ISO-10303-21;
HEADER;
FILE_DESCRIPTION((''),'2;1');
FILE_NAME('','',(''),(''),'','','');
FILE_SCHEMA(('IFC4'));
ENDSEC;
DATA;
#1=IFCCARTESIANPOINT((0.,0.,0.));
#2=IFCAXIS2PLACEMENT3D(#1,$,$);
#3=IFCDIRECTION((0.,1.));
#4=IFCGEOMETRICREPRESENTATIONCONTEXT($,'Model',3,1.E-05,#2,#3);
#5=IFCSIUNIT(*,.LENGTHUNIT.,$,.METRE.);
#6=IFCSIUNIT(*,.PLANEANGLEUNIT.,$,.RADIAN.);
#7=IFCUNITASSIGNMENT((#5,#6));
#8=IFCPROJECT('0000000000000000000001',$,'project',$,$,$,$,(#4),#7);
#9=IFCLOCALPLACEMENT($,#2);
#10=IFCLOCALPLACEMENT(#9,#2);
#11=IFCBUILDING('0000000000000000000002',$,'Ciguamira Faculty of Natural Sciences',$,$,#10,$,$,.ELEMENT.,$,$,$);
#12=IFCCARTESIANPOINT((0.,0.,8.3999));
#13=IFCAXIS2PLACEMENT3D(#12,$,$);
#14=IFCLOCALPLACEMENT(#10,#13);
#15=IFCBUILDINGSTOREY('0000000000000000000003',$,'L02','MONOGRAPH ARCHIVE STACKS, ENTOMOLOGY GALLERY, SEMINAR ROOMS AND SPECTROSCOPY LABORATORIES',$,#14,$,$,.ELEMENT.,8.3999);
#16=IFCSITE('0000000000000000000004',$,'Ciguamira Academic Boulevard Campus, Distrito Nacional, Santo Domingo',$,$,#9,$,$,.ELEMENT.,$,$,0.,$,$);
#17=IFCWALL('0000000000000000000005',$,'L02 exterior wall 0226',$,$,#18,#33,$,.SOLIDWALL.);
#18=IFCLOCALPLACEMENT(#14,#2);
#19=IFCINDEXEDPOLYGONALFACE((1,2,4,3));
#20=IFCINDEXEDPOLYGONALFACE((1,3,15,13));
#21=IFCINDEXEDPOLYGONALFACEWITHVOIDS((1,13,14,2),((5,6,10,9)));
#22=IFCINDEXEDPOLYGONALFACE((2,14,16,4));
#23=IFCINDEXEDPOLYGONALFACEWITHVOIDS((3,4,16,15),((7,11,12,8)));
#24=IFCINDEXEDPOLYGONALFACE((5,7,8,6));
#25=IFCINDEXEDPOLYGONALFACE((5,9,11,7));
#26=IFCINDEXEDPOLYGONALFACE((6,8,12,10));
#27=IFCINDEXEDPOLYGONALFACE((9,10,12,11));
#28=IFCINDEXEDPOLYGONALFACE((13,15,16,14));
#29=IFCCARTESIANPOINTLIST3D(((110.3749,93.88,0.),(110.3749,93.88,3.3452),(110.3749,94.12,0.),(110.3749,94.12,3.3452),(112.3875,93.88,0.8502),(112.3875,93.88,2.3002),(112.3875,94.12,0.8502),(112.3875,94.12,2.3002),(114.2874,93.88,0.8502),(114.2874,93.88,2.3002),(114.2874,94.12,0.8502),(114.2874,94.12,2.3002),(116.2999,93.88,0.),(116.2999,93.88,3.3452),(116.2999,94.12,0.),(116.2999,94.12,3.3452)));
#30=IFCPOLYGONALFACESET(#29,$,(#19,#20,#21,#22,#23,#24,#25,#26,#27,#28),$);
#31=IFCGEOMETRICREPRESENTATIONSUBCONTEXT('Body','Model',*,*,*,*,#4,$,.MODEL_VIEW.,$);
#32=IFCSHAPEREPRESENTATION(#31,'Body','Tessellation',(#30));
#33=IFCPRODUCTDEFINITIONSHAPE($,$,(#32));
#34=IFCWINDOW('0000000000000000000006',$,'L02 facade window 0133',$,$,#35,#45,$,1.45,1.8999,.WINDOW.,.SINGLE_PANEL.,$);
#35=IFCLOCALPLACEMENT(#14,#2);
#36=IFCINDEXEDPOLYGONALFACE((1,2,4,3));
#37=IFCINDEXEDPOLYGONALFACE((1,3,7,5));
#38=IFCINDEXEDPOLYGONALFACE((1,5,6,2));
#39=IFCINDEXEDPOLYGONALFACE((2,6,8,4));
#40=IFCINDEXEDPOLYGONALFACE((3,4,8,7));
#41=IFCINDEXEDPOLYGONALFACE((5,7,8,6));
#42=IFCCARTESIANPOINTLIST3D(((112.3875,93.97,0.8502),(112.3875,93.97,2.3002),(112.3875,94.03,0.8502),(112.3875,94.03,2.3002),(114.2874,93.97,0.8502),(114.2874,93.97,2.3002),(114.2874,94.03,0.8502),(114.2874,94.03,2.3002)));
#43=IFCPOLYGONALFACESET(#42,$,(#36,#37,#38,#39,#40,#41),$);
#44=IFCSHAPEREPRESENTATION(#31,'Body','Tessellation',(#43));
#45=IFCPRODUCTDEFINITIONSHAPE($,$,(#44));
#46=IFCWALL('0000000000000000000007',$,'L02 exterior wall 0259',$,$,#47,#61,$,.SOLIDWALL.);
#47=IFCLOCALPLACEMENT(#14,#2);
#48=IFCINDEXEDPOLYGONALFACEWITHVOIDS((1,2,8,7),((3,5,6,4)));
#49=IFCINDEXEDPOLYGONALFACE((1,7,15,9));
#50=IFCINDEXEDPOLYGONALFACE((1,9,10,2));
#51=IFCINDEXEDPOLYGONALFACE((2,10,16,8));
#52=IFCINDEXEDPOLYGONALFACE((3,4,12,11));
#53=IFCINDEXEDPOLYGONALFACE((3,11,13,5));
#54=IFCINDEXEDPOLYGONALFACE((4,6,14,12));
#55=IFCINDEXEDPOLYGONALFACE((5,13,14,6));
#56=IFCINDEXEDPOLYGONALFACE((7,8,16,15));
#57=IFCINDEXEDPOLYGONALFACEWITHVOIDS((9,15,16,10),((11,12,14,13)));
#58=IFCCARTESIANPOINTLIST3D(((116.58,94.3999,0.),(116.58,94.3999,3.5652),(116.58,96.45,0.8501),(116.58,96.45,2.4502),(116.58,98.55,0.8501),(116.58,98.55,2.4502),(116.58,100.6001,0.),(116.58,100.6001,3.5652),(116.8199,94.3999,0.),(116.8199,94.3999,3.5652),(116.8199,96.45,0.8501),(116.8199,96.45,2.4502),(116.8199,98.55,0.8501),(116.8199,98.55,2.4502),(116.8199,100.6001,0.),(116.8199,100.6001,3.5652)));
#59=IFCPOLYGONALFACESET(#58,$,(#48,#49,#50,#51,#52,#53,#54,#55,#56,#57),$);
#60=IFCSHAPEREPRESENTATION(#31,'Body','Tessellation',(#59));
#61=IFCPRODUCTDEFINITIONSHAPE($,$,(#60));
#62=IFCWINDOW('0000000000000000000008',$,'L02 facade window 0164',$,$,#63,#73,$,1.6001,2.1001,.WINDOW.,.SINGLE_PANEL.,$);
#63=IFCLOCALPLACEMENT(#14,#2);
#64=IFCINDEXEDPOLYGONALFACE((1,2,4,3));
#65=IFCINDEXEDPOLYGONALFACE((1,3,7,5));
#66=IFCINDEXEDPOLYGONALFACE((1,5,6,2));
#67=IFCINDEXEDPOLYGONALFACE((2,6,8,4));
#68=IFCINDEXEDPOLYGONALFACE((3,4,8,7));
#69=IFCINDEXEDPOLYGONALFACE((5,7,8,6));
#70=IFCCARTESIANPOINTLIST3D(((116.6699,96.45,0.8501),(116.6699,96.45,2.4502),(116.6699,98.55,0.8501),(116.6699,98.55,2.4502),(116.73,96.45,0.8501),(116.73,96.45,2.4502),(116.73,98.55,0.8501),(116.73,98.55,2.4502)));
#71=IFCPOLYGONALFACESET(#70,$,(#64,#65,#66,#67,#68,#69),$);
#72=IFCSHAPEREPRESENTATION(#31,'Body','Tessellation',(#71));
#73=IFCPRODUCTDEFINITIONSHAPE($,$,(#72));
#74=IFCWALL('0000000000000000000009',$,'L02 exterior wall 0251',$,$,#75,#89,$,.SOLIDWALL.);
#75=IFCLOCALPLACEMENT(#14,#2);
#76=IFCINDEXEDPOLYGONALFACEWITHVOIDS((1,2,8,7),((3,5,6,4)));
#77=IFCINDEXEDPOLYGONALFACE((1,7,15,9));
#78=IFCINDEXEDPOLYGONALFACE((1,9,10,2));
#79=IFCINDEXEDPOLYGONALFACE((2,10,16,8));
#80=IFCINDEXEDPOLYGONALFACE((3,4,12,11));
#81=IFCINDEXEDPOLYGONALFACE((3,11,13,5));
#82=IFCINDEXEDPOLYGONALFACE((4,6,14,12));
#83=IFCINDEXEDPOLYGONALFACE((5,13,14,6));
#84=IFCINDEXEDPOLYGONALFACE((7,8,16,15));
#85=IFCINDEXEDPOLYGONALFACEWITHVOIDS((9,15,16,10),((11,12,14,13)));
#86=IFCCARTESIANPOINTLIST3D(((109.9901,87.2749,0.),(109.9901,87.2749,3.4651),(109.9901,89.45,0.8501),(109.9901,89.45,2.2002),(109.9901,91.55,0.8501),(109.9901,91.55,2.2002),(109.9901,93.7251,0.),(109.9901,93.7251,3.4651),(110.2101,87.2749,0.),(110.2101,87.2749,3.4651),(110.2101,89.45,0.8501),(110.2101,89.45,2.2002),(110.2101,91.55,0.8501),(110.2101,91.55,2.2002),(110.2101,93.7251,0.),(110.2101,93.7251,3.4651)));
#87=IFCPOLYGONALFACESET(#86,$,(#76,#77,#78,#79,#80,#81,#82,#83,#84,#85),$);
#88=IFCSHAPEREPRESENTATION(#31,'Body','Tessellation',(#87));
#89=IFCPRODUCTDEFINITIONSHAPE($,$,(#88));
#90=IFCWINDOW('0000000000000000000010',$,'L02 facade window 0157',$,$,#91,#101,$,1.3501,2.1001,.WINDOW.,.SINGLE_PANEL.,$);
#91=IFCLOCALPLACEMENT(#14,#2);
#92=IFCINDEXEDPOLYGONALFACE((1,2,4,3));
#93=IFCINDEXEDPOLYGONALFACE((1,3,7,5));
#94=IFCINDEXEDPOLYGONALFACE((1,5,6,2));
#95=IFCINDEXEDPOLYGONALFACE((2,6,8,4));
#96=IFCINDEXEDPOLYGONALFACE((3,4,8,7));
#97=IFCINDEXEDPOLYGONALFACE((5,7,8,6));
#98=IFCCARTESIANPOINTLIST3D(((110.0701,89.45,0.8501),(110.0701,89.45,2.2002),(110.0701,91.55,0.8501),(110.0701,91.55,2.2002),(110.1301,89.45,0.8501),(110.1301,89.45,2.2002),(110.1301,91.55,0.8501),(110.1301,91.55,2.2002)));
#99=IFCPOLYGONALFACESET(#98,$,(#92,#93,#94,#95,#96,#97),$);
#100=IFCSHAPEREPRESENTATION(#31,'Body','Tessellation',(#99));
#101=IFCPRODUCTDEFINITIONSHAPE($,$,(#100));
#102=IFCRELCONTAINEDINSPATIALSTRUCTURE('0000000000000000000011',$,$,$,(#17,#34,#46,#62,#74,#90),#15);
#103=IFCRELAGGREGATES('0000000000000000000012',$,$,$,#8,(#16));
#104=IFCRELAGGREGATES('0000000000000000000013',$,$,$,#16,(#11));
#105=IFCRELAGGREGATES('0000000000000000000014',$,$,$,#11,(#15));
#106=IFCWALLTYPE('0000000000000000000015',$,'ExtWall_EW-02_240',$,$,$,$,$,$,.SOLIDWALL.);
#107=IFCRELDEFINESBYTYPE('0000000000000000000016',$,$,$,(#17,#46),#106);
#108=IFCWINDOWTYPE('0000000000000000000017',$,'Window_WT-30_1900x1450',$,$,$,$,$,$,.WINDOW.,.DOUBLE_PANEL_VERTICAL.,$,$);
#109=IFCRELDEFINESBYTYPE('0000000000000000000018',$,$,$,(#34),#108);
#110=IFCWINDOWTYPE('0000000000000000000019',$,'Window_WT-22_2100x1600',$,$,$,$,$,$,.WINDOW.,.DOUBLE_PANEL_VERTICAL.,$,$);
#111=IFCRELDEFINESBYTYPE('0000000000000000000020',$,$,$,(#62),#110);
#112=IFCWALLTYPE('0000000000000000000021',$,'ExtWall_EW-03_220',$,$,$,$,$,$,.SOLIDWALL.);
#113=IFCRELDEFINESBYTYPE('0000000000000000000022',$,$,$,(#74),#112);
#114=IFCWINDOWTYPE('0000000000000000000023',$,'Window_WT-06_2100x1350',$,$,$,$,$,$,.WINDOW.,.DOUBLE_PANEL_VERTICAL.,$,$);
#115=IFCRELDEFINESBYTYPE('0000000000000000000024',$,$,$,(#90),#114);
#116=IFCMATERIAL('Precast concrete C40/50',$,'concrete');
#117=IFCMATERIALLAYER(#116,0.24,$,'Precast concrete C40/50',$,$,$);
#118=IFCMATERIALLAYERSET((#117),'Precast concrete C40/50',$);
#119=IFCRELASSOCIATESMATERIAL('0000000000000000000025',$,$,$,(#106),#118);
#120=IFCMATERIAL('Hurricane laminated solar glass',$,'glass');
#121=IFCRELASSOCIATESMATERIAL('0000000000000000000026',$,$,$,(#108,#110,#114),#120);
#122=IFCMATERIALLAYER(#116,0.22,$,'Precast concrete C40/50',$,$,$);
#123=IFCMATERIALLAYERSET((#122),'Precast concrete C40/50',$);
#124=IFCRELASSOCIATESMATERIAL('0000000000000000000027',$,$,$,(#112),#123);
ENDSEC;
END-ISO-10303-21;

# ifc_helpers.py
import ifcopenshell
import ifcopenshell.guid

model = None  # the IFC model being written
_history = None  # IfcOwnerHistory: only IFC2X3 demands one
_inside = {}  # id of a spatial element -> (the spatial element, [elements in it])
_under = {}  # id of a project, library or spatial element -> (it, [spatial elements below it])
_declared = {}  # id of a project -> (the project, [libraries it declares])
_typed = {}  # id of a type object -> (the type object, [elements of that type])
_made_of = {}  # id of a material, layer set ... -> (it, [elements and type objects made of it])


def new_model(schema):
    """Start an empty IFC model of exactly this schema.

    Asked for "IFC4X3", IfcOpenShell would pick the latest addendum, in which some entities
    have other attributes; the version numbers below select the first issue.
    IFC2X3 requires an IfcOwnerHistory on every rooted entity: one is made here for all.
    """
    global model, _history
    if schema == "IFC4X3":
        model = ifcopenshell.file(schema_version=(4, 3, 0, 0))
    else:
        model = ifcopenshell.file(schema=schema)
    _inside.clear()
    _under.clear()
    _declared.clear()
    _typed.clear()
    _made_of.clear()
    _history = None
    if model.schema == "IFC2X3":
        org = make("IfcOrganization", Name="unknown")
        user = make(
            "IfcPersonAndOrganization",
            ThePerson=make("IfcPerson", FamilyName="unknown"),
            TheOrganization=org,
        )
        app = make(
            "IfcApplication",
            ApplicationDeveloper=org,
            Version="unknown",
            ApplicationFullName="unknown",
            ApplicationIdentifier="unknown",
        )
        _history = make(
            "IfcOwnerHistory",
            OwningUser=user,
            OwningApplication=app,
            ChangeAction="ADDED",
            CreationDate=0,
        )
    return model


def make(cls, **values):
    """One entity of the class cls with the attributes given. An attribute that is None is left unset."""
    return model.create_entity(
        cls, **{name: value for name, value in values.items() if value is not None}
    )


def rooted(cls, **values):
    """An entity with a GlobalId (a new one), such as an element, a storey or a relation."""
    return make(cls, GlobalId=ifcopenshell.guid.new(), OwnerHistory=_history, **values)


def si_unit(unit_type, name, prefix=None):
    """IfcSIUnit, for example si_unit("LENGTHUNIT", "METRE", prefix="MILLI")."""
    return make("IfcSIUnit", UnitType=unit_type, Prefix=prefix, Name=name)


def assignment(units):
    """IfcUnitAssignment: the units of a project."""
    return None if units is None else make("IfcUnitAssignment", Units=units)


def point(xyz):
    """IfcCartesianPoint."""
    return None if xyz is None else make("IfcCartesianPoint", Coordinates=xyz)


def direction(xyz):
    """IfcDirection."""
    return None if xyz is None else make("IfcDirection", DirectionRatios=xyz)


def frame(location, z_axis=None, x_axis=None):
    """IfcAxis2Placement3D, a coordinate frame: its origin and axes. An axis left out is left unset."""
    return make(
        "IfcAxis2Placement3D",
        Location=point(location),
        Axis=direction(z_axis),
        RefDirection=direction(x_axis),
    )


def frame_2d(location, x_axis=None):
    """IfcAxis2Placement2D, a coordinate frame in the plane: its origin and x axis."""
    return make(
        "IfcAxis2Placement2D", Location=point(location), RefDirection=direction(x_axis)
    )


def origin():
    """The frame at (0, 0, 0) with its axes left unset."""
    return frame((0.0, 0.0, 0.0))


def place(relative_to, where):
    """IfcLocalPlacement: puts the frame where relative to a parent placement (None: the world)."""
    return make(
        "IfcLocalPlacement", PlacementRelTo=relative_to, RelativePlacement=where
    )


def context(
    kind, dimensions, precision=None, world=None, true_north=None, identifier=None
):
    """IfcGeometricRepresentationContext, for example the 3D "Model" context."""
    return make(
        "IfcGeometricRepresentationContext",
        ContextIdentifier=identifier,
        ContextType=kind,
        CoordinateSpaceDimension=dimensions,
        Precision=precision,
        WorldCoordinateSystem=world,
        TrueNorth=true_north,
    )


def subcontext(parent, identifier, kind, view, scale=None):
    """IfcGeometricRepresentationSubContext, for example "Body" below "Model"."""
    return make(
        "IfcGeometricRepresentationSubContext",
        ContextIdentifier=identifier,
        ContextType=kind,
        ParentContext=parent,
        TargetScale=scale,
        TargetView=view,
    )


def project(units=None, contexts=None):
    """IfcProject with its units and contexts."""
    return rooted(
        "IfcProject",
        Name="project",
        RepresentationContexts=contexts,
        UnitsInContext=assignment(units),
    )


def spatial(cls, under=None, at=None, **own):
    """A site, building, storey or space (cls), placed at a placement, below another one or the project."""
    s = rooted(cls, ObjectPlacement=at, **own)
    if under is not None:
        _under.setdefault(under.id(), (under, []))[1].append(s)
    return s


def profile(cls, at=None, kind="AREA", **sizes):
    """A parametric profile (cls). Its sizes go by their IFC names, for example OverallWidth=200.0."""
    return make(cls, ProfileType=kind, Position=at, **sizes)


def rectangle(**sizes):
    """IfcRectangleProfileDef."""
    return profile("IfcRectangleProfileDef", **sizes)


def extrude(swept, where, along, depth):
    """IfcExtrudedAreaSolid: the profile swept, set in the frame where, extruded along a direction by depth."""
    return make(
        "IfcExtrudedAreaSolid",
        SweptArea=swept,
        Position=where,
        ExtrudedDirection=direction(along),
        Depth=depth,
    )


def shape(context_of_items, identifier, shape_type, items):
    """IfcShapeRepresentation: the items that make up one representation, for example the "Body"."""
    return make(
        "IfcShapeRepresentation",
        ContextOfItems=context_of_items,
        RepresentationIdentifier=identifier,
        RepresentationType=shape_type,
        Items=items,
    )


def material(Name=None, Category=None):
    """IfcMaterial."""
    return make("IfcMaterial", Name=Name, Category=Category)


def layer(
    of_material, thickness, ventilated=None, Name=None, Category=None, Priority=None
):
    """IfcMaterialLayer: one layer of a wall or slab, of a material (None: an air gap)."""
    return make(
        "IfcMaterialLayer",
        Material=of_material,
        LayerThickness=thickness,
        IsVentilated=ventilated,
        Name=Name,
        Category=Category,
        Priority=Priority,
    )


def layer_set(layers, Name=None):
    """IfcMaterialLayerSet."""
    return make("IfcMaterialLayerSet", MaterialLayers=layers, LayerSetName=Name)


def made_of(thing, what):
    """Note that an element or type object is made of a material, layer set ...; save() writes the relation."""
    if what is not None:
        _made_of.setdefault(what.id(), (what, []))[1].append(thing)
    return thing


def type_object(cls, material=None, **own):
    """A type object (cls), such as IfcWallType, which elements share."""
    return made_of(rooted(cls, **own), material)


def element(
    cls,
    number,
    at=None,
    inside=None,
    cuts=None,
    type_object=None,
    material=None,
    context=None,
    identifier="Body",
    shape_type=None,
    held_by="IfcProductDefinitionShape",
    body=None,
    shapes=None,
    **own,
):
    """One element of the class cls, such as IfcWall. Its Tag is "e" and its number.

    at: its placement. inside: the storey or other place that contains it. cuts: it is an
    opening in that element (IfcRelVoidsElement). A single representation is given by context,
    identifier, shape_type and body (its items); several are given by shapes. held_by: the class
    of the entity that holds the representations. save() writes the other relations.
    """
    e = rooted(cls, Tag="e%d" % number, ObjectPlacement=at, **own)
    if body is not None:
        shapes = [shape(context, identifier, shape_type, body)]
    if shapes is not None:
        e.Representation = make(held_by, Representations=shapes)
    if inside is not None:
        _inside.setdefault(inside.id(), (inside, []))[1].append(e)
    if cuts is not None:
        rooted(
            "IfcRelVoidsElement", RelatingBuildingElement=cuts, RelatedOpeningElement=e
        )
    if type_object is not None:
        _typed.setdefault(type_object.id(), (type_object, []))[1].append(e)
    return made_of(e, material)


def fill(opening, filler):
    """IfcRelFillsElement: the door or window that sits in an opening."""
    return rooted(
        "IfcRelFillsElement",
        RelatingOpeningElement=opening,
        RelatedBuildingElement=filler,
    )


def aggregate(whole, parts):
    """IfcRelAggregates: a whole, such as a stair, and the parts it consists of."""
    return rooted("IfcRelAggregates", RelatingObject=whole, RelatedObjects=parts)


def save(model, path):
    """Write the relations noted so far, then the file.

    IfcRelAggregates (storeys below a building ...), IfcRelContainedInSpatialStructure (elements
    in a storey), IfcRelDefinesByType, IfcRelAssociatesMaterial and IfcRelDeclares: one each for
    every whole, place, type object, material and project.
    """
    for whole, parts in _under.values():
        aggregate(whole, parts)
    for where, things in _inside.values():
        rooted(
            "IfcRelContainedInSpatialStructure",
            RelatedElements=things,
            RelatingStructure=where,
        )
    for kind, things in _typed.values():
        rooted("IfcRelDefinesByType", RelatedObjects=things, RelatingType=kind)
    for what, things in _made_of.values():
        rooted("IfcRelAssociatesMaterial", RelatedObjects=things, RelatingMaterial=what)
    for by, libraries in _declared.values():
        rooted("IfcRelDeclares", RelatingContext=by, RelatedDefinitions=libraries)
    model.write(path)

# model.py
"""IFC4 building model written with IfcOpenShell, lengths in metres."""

from ifc_helpers import new_model, si_unit, direction, frame, frame_2d, origin, place, context, subcontext, project, spatial, rectangle, extrude, material, layer, layer_set, type_object, element, fill, save


model = new_model("IFC4")

# Units and contexts
model_context = context("Model", 3, precision=1e-05, world=origin(), true_north=direction((0.0, 1.0)))
body_context = subcontext(model_context, "Body", "Model", "MODEL_VIEW")
ifc_project = project(units=[si_unit("LENGTHUNIT", "METRE"), si_unit("PLANEANGLEUNIT", "RADIAN")], contexts=[model_context])

# Site, building, storey
site_placement = place(None, origin())
site = spatial("IfcSite", under=ifc_project, at=site_placement, Name="Ciguamira Academic Boulevard Campus, Distrito Nacional, Santo Domingo", CompositionType="ELEMENT", RefElevation=0.0)
building_placement = place(site_placement, origin())
building = spatial("IfcBuilding", under=site, at=building_placement, Name="Ciguamira Faculty of Natural Sciences", CompositionType="ELEMENT")
storey_placement = place(building_placement, frame((0.0, 0.0, 8.3999)))
storey = spatial("IfcBuildingStorey", under=building, at=storey_placement, Name="L02", Description="MONOGRAPH ARCHIVE STACKS, ENTOMOLOGY GALLERY, SEMINAR ROOMS AND SPECTROSCOPY LABORATORIES", CompositionType="ELEMENT", Elevation=8.3999)

# Shared definitions
ifc_material_1 = material(Name="Precast concrete C40/50", Category="concrete")

# Walls, openings, windows
ifc_layer_1 = layer(ifc_material_1, 0.24, Name="Precast concrete C40/50")
ifc_layer_set_1 = layer_set([ifc_layer_1], Name="Precast concrete C40/50")
wall_type_1 = type_object("IfcWallType", Name="ExtWall_EW-02_240", PredefinedType="SOLIDWALL", material=ifc_layer_set_1)
wall_1_placement = place(storey_placement, frame((110.375, 94.0, 0.0), z_axis=(0.0, 0.0, 1.0), x_axis=(1.0, 0.0, 0.0)))
wall_1 = element("IfcWall", 1, at=wall_1_placement, inside=storey, type_object=wall_type_1, Name="L02 exterior wall 0226", PredefinedType="SOLIDWALL", context=body_context, shape_type="SweptSolid", body=[
    extrude(rectangle(XDim=5.925, YDim=0.24, at=frame_2d((2.9624, 0.0))), origin(), (0.0, 0.0, 1.0), 3.3452),
])
opening_1_placement = place(wall_1_placement, frame((2.0125, 0.0, 0.8501)))
opening_1 = element("IfcOpeningElement", 2, at=opening_1_placement, cuts=wall_1, PredefinedType="OPENING", context=body_context, shape_type="SweptSolid", body=[
    extrude(rectangle(XDim=1.8999, YDim=1.45, at=frame_2d((0.95, 0.7251))), frame((0.0, 0.1299, 0.0), z_axis=(0.0, -1.0, 0.0), x_axis=(1.0, 0.0, 0.0)), (0.0, 0.0, 1.0), 0.26),
])
ifc_material_2 = material(Name="Hurricane laminated solar glass", Category="glass")
window_type_1 = type_object("IfcWindowType", Name="Window_WT-30_1900x1450", PartitioningType="DOUBLE_PANEL_VERTICAL", PredefinedType="WINDOW", material=ifc_material_2)
window_1_placement = place(opening_1_placement, origin())
window_1 = element("IfcWindow", 3, at=window_1_placement, inside=storey, type_object=window_type_1, Name="L02 facade window 0133", OverallHeight=1.45, OverallWidth=1.8999, PartitioningType="SINGLE_PANEL", PredefinedType="WINDOW", context=body_context, shape_type="SweptSolid", body=[
    extrude(rectangle(XDim=1.8999, YDim=1.45, at=frame_2d((0.95, 0.7251))), frame((0.0, 0.03, 0.0), z_axis=(0.0, -1.0, 0.0), x_axis=(1.0, 0.0, 0.0)), (0.0, 0.0, 1.0), 0.0601),
])
fill(opening_1, window_1)
wall_2_placement = place(storey_placement, frame((116.7, 94.3999, 0.0), z_axis=(0.0, 0.0, 1.0), x_axis=(0.0, 1.0, 0.0)))
wall_2 = element("IfcWall", 4, at=wall_2_placement, inside=storey, type_object=wall_type_1, Name="L02 exterior wall 0259", PredefinedType="SOLIDWALL", context=body_context, shape_type="SweptSolid", body=[
    extrude(rectangle(XDim=6.2002, YDim=0.24, at=frame_2d((3.1001, 0.0))), origin(), (0.0, 0.0, 1.0), 3.5652),
])
opening_2_placement = place(wall_2_placement, frame((2.05, 0.0, 0.8501)))
opening_2 = element("IfcOpeningElement", 5, at=opening_2_placement, cuts=wall_2, PredefinedType="OPENING", context=body_context, shape_type="SweptSolid", body=[
    extrude(rectangle(XDim=2.1001, YDim=1.6001, at=frame_2d((1.05, 0.8))), frame((0.0, 0.1299, 0.0), z_axis=(0.0, -1.0, 0.0), x_axis=(1.0, 0.0, 0.0)), (0.0, 0.0, 1.0), 0.26),
])
window_type_2 = type_object("IfcWindowType", Name="Window_WT-22_2100x1600", PartitioningType="DOUBLE_PANEL_VERTICAL", PredefinedType="WINDOW", material=ifc_material_2)
window_2_placement = place(opening_2_placement, origin())
window_2 = element("IfcWindow", 6, at=window_2_placement, inside=storey, type_object=window_type_2, Name="L02 facade window 0164", OverallHeight=1.6001, OverallWidth=2.1001, PartitioningType="SINGLE_PANEL", PredefinedType="WINDOW", context=body_context, shape_type="SweptSolid", body=[
    extrude(rectangle(XDim=2.1001, YDim=1.6001, at=frame_2d((1.05, 0.8))), frame((0.0, 0.03, 0.0), z_axis=(0.0, -1.0, 0.0), x_axis=(1.0, 0.0, 0.0)), (0.0, 0.0, 1.0), 0.0601),
])
fill(opening_2, window_2)
ifc_layer_2 = layer(ifc_material_1, 0.22, Name="Precast concrete C40/50")
ifc_layer_set_2 = layer_set([ifc_layer_2], Name="Precast concrete C40/50")
wall_type_2 = type_object("IfcWallType", Name="ExtWall_EW-03_220", PredefinedType="SOLIDWALL", material=ifc_layer_set_2)
wall_3_placement = place(storey_placement, frame((110.1001, 87.2749, 0.0), z_axis=(0.0, 0.0, 1.0), x_axis=(0.0, 1.0, 0.0)))
wall_3 = element("IfcWall", 7, at=wall_3_placement, inside=storey, type_object=wall_type_2, Name="L02 exterior wall 0251", PredefinedType="SOLIDWALL", context=body_context, shape_type="SweptSolid", body=[
    extrude(rectangle(XDim=6.4502, YDim=0.22, at=frame_2d((3.2251, 0.0))), origin(), (0.0, 0.0, 1.0), 3.4651),
])
opening_3_placement = place(wall_3_placement, frame((2.175, 0.0, 0.8501)))
opening_3 = element("IfcOpeningElement", 8, at=opening_3_placement, cuts=wall_3, PredefinedType="OPENING", context=body_context, shape_type="SweptSolid", body=[
    extrude(rectangle(XDim=2.1001, YDim=1.3501, at=frame_2d((1.05, 0.675))), frame((0.0, 0.1199, 0.0), z_axis=(0.0, -1.0, 0.0), x_axis=(1.0, 0.0, 0.0)), (0.0, 0.0, 1.0), 0.24),
])
window_type_3 = type_object("IfcWindowType", Name="Window_WT-06_2100x1350", PartitioningType="DOUBLE_PANEL_VERTICAL", PredefinedType="WINDOW", material=ifc_material_2)
window_3_placement = place(opening_3_placement, origin())
window_3 = element("IfcWindow", 9, at=window_3_placement, inside=storey, type_object=window_type_3, Name="L02 facade window 0157", OverallHeight=1.3501, OverallWidth=2.1001, PartitioningType="SINGLE_PANEL", PredefinedType="WINDOW", context=body_context, shape_type="SweptSolid", body=[
    extrude(rectangle(XDim=2.1001, YDim=1.3501, at=frame_2d((1.05, 0.675))), frame((0.0, 0.03, 0.0), z_axis=(0.0, -1.0, 0.0), x_axis=(1.0, 0.0, 0.0)), (0.0, 0.0, 1.0), 0.0601),
])
fill(opening_3, window_3)

save(model, "model.ifc")
